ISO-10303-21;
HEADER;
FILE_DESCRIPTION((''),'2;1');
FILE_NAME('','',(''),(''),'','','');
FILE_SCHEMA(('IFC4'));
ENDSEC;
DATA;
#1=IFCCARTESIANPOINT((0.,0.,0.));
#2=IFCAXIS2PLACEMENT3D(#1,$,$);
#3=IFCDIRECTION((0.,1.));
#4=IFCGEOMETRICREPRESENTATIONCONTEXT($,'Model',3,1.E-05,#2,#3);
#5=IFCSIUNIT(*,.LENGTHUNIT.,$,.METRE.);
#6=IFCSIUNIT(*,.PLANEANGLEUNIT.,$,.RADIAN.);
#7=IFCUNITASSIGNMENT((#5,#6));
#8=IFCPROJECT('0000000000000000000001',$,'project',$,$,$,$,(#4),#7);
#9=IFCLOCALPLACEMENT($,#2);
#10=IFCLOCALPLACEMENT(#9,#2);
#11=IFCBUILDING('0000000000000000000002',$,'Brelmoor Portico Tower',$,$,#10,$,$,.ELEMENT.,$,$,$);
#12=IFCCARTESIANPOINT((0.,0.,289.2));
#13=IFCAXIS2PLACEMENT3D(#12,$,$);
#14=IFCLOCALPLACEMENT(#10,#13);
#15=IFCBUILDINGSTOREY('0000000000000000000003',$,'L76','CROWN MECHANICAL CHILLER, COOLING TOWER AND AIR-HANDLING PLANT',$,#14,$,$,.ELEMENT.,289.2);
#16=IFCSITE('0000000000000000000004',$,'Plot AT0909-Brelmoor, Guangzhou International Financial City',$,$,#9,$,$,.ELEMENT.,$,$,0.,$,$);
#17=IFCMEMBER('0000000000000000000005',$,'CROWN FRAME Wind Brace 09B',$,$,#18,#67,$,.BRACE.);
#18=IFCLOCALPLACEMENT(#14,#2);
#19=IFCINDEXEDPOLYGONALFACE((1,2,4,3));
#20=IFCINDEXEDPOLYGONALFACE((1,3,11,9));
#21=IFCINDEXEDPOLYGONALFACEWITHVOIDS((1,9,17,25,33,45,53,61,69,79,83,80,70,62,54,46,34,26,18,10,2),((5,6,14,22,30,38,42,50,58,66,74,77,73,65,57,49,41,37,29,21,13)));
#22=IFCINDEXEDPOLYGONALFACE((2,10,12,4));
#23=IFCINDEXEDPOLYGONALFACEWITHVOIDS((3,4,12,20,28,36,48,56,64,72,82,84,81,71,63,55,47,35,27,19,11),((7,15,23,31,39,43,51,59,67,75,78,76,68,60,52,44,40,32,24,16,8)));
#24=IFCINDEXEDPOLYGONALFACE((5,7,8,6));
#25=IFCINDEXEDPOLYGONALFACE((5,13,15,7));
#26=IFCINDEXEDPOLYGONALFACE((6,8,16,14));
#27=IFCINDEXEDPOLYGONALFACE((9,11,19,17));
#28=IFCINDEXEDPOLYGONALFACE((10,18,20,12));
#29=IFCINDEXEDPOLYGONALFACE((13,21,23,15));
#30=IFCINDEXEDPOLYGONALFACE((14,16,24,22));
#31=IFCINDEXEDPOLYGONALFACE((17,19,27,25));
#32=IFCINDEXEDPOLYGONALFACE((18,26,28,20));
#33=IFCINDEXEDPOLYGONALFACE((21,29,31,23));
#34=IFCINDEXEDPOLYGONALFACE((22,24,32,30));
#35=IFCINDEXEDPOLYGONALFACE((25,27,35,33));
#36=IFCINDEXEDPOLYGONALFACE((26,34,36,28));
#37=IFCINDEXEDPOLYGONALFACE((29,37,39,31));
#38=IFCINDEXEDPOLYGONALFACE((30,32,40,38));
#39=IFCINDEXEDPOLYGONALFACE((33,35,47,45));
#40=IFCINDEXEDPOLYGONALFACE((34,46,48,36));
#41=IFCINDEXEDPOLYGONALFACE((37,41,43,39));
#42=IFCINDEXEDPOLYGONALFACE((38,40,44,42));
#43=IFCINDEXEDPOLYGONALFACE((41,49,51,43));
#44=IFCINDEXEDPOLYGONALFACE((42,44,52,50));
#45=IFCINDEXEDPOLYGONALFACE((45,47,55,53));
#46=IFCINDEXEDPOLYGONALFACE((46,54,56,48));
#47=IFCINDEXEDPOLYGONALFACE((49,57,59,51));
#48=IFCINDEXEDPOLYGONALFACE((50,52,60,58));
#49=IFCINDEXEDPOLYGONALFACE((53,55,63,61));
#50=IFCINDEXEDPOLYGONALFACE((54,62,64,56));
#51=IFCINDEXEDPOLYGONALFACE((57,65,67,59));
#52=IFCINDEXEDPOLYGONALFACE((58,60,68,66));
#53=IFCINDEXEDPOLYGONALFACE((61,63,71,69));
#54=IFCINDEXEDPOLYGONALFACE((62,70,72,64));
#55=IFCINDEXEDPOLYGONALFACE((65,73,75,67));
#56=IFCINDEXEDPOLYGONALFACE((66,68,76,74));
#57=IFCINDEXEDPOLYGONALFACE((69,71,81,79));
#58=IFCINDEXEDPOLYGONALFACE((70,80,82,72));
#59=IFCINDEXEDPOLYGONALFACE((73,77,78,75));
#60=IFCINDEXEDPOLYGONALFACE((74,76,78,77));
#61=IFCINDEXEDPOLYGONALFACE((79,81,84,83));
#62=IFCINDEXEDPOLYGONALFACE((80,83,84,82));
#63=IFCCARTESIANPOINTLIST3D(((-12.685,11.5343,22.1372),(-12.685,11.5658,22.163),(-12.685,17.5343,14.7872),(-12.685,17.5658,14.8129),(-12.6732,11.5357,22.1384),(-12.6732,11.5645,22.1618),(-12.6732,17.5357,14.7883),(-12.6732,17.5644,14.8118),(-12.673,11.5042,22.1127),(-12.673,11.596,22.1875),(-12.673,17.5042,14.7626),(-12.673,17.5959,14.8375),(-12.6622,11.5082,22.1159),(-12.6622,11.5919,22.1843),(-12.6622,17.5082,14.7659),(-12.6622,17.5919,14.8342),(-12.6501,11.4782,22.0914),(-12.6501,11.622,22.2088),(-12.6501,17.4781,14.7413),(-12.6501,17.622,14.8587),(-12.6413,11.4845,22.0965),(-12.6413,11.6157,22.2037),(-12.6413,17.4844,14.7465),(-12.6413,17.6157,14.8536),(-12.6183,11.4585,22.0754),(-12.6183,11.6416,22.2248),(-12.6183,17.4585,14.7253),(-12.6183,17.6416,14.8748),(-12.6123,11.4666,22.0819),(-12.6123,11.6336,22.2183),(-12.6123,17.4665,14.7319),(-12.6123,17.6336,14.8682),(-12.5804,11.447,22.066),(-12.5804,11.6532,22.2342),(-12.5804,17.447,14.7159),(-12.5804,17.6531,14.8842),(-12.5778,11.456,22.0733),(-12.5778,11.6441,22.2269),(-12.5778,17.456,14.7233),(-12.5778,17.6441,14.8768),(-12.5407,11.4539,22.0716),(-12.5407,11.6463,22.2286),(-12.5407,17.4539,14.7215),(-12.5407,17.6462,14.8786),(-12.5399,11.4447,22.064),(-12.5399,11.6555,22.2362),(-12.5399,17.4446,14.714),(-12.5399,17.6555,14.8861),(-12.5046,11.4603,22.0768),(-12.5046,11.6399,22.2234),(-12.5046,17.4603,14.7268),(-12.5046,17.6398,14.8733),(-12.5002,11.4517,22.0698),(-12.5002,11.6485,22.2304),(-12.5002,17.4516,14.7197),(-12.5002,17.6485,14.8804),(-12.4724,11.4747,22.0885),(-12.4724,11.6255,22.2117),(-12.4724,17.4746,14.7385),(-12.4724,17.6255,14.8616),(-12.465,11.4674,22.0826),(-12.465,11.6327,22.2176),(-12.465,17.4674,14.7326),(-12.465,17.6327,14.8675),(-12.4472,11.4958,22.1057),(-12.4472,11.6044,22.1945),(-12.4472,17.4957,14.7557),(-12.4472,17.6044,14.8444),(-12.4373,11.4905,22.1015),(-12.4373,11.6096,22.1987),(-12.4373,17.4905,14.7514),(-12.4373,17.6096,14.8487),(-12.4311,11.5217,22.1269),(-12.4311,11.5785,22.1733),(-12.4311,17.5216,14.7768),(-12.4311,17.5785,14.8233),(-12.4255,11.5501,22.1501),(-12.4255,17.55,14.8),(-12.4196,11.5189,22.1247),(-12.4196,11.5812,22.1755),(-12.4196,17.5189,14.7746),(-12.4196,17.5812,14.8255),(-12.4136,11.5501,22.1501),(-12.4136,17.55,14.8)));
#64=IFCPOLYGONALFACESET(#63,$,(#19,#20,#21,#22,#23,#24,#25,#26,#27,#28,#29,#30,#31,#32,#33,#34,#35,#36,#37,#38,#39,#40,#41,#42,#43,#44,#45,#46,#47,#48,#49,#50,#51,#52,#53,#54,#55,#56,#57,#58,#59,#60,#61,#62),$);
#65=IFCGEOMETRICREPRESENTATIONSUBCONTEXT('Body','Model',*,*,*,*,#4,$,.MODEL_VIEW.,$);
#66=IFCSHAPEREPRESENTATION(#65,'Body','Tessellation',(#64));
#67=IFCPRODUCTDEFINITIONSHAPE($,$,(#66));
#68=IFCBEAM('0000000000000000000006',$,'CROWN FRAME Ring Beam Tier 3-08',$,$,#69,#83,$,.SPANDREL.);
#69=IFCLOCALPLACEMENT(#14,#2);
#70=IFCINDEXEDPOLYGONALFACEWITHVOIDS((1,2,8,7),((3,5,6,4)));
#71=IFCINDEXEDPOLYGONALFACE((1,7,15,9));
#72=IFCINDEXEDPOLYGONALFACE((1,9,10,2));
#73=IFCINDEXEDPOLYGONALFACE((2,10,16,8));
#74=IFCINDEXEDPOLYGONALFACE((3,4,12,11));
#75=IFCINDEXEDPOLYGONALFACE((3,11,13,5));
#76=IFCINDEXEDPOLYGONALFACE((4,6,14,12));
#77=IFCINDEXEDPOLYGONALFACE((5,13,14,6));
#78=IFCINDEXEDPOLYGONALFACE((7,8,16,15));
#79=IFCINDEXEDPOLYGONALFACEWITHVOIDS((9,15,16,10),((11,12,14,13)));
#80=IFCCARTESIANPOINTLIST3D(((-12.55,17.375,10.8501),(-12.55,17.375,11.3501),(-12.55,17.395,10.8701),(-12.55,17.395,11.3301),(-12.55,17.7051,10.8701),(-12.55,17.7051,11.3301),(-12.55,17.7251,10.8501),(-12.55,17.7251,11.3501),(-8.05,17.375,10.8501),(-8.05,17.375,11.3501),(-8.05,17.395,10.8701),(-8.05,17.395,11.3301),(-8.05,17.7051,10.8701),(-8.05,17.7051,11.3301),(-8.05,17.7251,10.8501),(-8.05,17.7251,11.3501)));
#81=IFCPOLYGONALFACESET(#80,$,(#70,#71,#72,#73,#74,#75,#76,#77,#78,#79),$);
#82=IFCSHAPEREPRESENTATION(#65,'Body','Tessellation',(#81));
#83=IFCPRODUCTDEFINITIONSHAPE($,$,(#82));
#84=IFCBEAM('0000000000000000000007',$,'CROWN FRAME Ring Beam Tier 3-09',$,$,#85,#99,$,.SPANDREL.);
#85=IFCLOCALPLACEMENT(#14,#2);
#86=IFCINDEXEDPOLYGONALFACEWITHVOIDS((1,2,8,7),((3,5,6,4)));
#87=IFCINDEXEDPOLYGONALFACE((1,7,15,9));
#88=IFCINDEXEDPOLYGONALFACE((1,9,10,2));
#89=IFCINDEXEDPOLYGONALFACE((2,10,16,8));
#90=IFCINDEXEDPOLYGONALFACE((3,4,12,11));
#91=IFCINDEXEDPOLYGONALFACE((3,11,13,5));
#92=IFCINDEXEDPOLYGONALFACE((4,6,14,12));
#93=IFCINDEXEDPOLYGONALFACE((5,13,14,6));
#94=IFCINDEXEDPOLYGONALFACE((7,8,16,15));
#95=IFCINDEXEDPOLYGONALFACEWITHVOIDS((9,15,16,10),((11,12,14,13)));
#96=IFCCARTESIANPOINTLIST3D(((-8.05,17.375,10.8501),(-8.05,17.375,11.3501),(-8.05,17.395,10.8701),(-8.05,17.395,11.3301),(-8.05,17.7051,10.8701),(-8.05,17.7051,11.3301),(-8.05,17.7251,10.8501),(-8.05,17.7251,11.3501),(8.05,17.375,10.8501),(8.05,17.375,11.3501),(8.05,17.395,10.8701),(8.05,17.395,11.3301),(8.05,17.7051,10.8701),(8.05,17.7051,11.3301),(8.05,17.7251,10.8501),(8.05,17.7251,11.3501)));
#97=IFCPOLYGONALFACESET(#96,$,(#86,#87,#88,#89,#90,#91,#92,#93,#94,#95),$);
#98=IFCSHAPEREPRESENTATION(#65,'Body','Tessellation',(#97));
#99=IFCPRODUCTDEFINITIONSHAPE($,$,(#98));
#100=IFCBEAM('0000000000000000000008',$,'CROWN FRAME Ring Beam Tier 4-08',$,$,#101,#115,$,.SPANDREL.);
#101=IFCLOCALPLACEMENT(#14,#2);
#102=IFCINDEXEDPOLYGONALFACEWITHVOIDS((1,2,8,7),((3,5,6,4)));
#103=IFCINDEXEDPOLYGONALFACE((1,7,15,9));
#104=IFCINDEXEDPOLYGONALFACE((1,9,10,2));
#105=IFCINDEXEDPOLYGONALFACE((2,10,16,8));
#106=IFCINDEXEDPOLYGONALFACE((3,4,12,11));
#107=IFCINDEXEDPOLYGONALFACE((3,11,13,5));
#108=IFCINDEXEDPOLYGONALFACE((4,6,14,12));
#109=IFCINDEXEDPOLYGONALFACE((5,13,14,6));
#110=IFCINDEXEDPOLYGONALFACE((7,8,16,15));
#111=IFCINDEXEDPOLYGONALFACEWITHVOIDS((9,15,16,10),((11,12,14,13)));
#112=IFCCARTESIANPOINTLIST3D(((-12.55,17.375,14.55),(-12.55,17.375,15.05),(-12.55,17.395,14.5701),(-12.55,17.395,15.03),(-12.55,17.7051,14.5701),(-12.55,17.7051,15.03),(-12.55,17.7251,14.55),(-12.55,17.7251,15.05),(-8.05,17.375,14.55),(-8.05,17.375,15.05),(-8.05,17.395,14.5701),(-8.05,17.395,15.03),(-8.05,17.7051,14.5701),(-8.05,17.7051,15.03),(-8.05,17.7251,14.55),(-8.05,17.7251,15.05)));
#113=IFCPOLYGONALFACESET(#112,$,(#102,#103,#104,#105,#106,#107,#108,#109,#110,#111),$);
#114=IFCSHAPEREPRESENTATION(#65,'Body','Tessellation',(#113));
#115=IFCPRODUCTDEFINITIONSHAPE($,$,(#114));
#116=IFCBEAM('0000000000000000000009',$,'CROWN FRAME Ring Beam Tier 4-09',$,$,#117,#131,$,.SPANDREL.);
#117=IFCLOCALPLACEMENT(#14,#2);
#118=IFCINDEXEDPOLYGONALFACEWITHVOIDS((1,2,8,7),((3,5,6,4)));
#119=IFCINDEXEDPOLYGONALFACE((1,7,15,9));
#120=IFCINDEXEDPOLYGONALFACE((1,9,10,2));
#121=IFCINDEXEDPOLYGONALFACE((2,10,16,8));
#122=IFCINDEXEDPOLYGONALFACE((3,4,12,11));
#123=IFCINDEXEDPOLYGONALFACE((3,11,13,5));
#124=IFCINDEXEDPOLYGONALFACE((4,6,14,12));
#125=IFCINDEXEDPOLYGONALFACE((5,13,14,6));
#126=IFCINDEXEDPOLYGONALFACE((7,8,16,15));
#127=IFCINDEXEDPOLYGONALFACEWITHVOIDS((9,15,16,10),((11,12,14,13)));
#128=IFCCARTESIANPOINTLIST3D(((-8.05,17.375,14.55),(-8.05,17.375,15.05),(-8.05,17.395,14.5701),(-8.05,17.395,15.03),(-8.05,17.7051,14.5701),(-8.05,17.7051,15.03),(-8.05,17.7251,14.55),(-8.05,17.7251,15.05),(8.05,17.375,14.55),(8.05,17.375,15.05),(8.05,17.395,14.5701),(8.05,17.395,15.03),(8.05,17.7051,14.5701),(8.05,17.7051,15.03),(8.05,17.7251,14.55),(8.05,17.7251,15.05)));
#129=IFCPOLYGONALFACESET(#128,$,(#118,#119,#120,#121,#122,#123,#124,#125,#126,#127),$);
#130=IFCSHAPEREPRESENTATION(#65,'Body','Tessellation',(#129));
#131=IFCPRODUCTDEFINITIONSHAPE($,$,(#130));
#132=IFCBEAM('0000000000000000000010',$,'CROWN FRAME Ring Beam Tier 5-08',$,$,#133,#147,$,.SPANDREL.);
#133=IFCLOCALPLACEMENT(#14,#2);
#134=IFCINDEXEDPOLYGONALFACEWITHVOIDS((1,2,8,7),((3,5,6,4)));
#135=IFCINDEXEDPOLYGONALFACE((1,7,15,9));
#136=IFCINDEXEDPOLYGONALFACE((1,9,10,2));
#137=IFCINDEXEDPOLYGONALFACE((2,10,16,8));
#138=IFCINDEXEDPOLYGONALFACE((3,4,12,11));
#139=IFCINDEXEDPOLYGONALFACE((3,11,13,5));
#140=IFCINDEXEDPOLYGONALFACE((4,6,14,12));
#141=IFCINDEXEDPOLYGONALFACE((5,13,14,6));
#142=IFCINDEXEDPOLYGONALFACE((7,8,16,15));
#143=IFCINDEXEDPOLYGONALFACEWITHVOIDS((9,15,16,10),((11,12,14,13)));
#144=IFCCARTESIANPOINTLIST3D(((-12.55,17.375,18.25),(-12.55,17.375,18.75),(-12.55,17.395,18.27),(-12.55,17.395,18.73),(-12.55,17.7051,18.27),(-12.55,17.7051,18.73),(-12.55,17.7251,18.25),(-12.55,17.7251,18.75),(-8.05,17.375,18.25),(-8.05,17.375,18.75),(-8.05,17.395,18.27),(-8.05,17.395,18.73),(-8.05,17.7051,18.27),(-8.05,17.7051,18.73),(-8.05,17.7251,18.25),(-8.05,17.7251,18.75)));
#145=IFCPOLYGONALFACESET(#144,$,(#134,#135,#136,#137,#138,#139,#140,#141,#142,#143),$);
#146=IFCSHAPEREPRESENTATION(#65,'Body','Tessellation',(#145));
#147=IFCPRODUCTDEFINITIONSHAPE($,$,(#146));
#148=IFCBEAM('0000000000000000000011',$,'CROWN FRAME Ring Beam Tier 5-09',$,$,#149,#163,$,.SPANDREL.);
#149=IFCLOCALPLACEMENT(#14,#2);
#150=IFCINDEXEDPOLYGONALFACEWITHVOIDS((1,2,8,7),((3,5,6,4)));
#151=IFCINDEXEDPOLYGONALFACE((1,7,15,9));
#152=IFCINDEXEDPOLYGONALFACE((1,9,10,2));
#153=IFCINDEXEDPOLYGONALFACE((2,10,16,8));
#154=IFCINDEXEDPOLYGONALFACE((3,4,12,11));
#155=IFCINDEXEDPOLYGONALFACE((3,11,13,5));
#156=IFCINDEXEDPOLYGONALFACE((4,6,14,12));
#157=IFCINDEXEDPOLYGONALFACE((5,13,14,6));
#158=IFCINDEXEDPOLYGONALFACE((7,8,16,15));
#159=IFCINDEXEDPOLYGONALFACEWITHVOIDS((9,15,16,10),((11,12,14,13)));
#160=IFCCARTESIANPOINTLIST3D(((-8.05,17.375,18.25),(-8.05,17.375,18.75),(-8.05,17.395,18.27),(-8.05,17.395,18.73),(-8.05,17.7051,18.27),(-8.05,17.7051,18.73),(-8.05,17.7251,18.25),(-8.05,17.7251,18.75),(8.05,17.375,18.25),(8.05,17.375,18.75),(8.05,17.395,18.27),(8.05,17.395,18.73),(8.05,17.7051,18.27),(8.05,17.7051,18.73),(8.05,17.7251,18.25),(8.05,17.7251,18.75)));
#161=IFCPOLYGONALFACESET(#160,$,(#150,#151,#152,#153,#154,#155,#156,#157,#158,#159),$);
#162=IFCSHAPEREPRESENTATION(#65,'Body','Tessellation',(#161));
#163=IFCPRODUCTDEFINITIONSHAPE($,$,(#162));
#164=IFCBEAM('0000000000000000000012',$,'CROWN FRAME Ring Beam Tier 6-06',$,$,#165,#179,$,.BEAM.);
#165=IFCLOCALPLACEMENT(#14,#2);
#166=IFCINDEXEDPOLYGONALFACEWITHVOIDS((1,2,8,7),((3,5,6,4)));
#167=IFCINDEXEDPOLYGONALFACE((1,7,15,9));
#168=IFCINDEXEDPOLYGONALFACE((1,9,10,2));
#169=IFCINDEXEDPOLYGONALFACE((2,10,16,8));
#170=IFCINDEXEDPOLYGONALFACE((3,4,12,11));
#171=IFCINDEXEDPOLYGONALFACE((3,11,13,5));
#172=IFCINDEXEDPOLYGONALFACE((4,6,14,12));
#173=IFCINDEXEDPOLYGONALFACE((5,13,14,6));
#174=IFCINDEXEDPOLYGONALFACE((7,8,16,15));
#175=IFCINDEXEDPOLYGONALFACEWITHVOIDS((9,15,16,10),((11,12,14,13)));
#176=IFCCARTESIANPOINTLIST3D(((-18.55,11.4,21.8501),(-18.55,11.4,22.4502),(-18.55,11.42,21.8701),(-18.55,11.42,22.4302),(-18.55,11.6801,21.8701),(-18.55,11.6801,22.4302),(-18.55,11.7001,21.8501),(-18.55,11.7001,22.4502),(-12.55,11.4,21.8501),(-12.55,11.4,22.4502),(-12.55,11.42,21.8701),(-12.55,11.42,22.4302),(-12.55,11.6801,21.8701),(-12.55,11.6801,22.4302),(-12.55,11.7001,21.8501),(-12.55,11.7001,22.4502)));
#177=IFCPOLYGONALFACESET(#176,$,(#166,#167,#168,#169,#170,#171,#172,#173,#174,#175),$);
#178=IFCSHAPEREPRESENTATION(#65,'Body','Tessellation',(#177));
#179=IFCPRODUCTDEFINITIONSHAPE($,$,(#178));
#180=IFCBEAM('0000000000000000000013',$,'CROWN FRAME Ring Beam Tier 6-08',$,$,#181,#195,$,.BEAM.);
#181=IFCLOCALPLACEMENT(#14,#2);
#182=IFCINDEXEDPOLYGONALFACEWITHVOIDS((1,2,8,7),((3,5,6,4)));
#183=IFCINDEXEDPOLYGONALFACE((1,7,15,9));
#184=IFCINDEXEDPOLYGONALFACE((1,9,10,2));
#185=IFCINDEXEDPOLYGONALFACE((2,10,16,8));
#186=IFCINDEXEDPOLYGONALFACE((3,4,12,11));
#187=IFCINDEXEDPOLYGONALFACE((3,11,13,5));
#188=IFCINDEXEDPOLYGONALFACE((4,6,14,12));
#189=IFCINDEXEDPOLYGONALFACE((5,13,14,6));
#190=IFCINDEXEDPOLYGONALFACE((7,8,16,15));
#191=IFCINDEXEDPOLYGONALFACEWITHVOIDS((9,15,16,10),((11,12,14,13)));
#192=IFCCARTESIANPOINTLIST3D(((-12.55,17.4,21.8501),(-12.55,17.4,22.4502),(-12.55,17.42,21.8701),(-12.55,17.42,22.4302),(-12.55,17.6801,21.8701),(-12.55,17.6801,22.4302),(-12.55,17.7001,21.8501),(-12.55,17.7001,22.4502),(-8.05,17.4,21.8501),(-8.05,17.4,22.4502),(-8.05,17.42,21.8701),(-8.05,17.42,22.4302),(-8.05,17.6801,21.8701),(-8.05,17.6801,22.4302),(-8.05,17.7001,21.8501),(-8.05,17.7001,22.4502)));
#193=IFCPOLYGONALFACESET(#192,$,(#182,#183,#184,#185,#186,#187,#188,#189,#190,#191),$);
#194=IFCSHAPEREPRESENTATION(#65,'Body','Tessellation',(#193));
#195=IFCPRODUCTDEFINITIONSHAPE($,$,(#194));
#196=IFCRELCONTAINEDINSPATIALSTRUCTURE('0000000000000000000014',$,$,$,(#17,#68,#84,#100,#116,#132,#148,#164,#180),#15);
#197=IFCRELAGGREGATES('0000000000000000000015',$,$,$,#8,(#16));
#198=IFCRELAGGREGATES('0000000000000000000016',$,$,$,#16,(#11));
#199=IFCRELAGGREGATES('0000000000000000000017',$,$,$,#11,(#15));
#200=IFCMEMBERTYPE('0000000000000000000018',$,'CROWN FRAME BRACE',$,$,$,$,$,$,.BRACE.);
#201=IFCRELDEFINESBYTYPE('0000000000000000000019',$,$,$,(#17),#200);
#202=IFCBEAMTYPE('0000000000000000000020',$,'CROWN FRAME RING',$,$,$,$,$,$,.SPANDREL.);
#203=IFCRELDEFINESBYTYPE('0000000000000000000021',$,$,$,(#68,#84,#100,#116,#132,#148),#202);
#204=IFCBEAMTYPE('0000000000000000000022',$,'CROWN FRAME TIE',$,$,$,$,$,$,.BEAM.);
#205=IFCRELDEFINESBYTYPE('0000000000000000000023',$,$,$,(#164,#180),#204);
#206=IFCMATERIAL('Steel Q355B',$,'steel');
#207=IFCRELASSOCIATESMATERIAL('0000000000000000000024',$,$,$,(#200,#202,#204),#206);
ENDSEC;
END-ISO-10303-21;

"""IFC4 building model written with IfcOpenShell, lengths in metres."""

from ifc_helpers import new_model, si_unit, direction, frame, origin, origin_2d, place, context, subcontext, project, spatial, hollow_rectangle, hollow_circle, extrude, material, material_profile, profile_set, type_object, element, save


model = new_model("IFC4")

# Units and contexts
model_context = context("Model", 3, precision=1e-05, world=origin(), true_north=direction((0.0, 1.0)))
body_context = subcontext(model_context, "Body", "Model", "MODEL_VIEW")
ifc_project = project(units=[si_unit("LENGTHUNIT", "METRE"), si_unit("PLANEANGLEUNIT", "RADIAN")], contexts=[model_context])

# Site, building, storey
site_placement = place(None, origin())
site = spatial("IfcSite", under=ifc_project, at=site_placement, Name="Plot AT0909-Brelmoor, Guangzhou International Financial City", CompositionType="ELEMENT", RefElevation=0.0)
building_placement = place(site_placement, origin())
building = spatial("IfcBuilding", under=site, at=building_placement, Name="Brelmoor Portico Tower", CompositionType="ELEMENT")
storey_placement = place(building_placement, frame((0.0, 0.0, 289.2)))
storey = spatial("IfcBuildingStorey", under=building, at=storey_placement, Name="L76", Description="CROWN MECHANICAL CHILLER, COOLING TOWER AND AIR-HANDLING PLANT", CompositionType="ELEMENT", Elevation=289.2)

# Member
ifc_material_1 = material(Name="Steel Q355B", Category="steel")
ifc_material_profile_1 = material_profile(ifc_material_1, hollow_circle(Radius=0.1365, WallThickness=0.012, at=origin_2d()), Name="CHS 273x12")
ifc_profile_set_1 = profile_set([ifc_material_profile_1], Name="Steel Q355B")
member_type = type_object("IfcMemberType", Name="CROWN FRAME BRACE", PredefinedType="BRACE", material=ifc_profile_set_1)
member_placement = place(storey_placement, frame((-12.55, 17.55, 14.8), z_axis=(0.0, -0.632371, 0.774665), x_axis=(1.0, 0.0, 0.0)))
element("IfcMember", 1, at=member_placement, inside=storey, type_object=member_type, Name="CROWN FRAME Wind Brace 09B", PredefinedType="BRACE", context=body_context, shape_type="SweptSolid", body=[
    extrude(hollow_circle(Radius=0.1365, WallThickness=0.012, at=origin_2d()), origin(), (0.0, 0.0, 1.0), 9.488),
])

# Beams
ifc_material_profile_2 = material_profile(ifc_material_1, hollow_rectangle(XDim=0.3501, YDim=0.5, WallThickness=0.02, at=origin_2d()), Name="RHS 350x500x20")
ifc_profile_set_2 = profile_set([ifc_material_profile_2], Name="Steel Q355B")
beam_type_1 = type_object("IfcBeamType", Name="CROWN FRAME RING", PredefinedType="SPANDREL", material=ifc_profile_set_2)
beam_1_placement = place(storey_placement, frame((-12.55, 17.55, 11.1001), z_axis=(1.0, 0.0, 0.0), x_axis=(0.0, 1.0, 0.0)))
element("IfcBeam", 2, at=beam_1_placement, inside=storey, type_object=beam_type_1, Name="CROWN FRAME Ring Beam Tier 3-08", PredefinedType="SPANDREL", context=body_context, shape_type="SweptSolid", body=[
    extrude(hollow_rectangle(XDim=0.3501, YDim=0.5, WallThickness=0.02, at=origin_2d()), origin(), (0.0, 0.0, 1.0), 4.5),
])
beam_2_placement = place(storey_placement, frame((-8.05, 17.55, 11.1001), z_axis=(1.0, 0.0, 0.0), x_axis=(0.0, 1.0, 0.0)))
element("IfcBeam", 3, at=beam_2_placement, inside=storey, type_object=beam_type_1, Name="CROWN FRAME Ring Beam Tier 3-09", PredefinedType="SPANDREL", context=body_context, shape_type="SweptSolid", body=[
    extrude(hollow_rectangle(XDim=0.3501, YDim=0.5, WallThickness=0.02, at=origin_2d()), origin(), (0.0, 0.0, 1.0), 16.1001),
])
beam_3_placement = place(storey_placement, frame((-12.55, 17.55, 14.8), z_axis=(1.0, 0.0, 0.0), x_axis=(0.0, 1.0, 0.0)))
element("IfcBeam", 4, at=beam_3_placement, inside=storey, type_object=beam_type_1, Name="CROWN FRAME Ring Beam Tier 4-08", PredefinedType="SPANDREL", context=body_context, shape_type="SweptSolid", body=[
    extrude(hollow_rectangle(XDim=0.3501, YDim=0.5, WallThickness=0.02, at=origin_2d()), origin(), (0.0, 0.0, 1.0), 4.5),
])
beam_4_placement = place(storey_placement, frame((-8.05, 17.55, 14.8), z_axis=(1.0, 0.0, 0.0), x_axis=(0.0, 1.0, 0.0)))
element("IfcBeam", 5, at=beam_4_placement, inside=storey, type_object=beam_type_1, Name="CROWN FRAME Ring Beam Tier 4-09", PredefinedType="SPANDREL", context=body_context, shape_type="SweptSolid", body=[
    extrude(hollow_rectangle(XDim=0.3501, YDim=0.5, WallThickness=0.02, at=origin_2d()), origin(), (0.0, 0.0, 1.0), 16.1001),
])
beam_5_placement = place(storey_placement, frame((-12.55, 17.55, 18.5), z_axis=(1.0, 0.0, 0.0), x_axis=(0.0, 1.0, 0.0)))
element("IfcBeam", 6, at=beam_5_placement, inside=storey, type_object=beam_type_1, Name="CROWN FRAME Ring Beam Tier 5-08", PredefinedType="SPANDREL", context=body_context, shape_type="SweptSolid", body=[
    extrude(hollow_rectangle(XDim=0.3501, YDim=0.5, WallThickness=0.02, at=origin_2d()), origin(), (0.0, 0.0, 1.0), 4.5),
])
beam_6_placement = place(storey_placement, frame((-8.05, 17.55, 18.5), z_axis=(1.0, 0.0, 0.0), x_axis=(0.0, 1.0, 0.0)))
element("IfcBeam", 7, at=beam_6_placement, inside=storey, type_object=beam_type_1, Name="CROWN FRAME Ring Beam Tier 5-09", PredefinedType="SPANDREL", context=body_context, shape_type="SweptSolid", body=[
    extrude(hollow_rectangle(XDim=0.3501, YDim=0.5, WallThickness=0.02, at=origin_2d()), origin(), (0.0, 0.0, 1.0), 16.1001),
])
ifc_material_profile_3 = material_profile(ifc_material_1, hollow_rectangle(XDim=0.3, YDim=0.6001, WallThickness=0.02, at=origin_2d()), Name="RHS 300x600x20")
ifc_profile_set_3 = profile_set([ifc_material_profile_3], Name="Steel Q355B")
beam_type_2 = type_object("IfcBeamType", Name="CROWN FRAME TIE", PredefinedType="BEAM", material=ifc_profile_set_3)
beam_7_placement = place(storey_placement, frame((-18.55, 11.55, 22.1501), z_axis=(1.0, 0.0, 0.0), x_axis=(0.0, 1.0, 0.0)))
element("IfcBeam", 8, at=beam_7_placement, inside=storey, type_object=beam_type_2, Name="CROWN FRAME Ring Beam Tier 6-06", PredefinedType="BEAM", context=body_context, shape_type="SweptSolid", body=[
    extrude(hollow_rectangle(XDim=0.3, YDim=0.6001, WallThickness=0.02, at=origin_2d()), origin(), (0.0, 0.0, 1.0), 6.0),
])
beam_8_placement = place(storey_placement, frame((-12.55, 17.55, 22.1501), z_axis=(1.0, 0.0, 0.0), x_axis=(0.0, 1.0, 0.0)))
element("IfcBeam", 9, at=beam_8_placement, inside=storey, type_object=beam_type_2, Name="CROWN FRAME Ring Beam Tier 6-08", PredefinedType="BEAM", context=body_context, shape_type="SweptSolid", body=[
    extrude(hollow_rectangle(XDim=0.3, YDim=0.6001, WallThickness=0.02, at=origin_2d()), origin(), (0.0, 0.0, 1.0), 4.5),
])

save(model, "model.ifc")
